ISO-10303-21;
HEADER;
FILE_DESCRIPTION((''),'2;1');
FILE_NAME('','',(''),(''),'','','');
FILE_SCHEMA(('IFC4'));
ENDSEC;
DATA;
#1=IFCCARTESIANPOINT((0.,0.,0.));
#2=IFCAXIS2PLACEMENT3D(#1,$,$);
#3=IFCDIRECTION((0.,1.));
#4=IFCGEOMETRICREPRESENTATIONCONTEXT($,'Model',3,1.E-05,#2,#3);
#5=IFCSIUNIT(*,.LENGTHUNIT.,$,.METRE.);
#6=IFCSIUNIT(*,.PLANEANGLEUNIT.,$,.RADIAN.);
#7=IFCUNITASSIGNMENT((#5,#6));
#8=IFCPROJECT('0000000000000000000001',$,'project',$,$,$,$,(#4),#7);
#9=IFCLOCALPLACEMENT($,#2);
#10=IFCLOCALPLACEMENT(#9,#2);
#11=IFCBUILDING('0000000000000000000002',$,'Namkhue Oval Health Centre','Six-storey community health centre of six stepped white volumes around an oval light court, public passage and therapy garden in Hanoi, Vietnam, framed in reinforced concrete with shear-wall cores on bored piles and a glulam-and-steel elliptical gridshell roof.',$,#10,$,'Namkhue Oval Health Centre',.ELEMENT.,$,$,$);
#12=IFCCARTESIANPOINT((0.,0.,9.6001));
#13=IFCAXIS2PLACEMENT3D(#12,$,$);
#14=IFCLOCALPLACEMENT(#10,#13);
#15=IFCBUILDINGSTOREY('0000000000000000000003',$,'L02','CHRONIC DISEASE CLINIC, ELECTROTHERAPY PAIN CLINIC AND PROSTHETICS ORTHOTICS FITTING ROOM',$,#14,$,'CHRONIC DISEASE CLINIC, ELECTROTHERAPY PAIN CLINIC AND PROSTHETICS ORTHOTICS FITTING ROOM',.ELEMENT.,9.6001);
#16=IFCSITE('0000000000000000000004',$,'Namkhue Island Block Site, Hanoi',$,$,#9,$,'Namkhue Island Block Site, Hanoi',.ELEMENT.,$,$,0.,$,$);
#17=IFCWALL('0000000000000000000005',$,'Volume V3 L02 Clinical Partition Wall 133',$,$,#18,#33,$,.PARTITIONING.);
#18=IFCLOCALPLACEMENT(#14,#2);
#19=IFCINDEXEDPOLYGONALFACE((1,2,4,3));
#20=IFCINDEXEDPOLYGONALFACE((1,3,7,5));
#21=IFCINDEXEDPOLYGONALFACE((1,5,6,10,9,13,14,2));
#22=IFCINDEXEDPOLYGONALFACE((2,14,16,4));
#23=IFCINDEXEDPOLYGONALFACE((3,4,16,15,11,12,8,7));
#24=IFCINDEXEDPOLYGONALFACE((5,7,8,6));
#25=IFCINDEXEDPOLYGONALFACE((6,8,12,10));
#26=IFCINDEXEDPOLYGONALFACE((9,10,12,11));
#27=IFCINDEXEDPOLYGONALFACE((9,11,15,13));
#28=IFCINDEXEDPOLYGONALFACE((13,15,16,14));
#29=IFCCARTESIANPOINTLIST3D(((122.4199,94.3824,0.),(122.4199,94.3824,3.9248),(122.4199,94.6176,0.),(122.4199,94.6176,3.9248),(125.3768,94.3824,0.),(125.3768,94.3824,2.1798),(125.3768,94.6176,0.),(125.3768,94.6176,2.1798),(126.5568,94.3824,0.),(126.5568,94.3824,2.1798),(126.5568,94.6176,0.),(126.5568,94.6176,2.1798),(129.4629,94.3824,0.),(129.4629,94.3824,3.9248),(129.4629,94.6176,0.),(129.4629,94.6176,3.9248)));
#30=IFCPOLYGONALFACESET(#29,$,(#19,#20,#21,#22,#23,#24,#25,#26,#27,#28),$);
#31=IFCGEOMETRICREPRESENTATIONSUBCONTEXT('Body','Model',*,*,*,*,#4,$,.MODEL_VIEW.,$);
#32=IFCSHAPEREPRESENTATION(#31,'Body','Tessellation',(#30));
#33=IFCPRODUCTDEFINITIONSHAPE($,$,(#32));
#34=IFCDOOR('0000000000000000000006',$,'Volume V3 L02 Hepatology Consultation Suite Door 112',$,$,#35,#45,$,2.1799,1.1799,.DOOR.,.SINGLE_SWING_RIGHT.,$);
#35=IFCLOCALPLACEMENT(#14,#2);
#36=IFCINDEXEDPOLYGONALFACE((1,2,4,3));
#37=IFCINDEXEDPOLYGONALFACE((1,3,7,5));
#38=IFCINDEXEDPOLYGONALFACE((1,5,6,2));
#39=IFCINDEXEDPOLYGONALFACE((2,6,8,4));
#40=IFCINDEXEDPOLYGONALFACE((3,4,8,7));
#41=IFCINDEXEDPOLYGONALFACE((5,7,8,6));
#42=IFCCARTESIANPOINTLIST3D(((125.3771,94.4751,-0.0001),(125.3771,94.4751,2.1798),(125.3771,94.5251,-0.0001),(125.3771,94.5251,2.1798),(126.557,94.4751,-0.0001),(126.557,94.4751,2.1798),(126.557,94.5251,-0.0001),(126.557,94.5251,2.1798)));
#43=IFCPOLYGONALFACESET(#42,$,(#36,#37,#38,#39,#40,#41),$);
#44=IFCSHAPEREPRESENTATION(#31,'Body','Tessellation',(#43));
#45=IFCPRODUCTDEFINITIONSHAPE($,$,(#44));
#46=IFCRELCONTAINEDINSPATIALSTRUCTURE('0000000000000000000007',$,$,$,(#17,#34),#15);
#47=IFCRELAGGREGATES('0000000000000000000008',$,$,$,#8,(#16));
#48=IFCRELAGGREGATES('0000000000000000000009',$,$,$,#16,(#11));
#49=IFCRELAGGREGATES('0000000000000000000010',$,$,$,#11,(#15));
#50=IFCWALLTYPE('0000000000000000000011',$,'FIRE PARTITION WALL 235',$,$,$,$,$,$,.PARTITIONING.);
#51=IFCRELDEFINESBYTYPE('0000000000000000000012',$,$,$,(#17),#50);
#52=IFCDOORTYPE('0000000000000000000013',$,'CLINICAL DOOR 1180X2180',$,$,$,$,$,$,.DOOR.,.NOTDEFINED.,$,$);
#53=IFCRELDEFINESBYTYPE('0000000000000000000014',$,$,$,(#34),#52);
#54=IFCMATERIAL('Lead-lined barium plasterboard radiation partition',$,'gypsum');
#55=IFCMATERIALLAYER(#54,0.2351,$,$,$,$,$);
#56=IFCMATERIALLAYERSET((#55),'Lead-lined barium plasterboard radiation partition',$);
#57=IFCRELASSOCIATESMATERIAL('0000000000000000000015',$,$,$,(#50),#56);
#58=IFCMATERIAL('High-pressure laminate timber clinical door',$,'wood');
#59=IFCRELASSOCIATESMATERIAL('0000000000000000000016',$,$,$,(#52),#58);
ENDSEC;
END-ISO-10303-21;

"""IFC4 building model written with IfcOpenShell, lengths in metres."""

from ifc_helpers import new_model, si_unit, direction, frame, frame_2d, origin, place, context, subcontext, project, spatial, rectangle, extrude, material, layer, layer_set, type_object, element, fill, save


model = new_model("IFC4")

# Units and contexts
model_context = context("Model", 3, precision=1e-05, world=origin(), true_north=direction((0.0, 1.0)))
body_context = subcontext(model_context, "Body", "Model", "MODEL_VIEW")
ifc_project = project(units=[si_unit("LENGTHUNIT", "METRE"), si_unit("PLANEANGLEUNIT", "RADIAN")], contexts=[model_context])

# Site, building, storey
site_placement = place(None, origin())
site = spatial("IfcSite", under=ifc_project, at=site_placement, Name="Namkhue Island Block Site, Hanoi", LongName="Namkhue Island Block Site, Hanoi", CompositionType="ELEMENT", RefElevation=0.0)
building_placement = place(site_placement, origin())
building = spatial("IfcBuilding", under=site, at=building_placement, Name="Namkhue Oval Health Centre", Description="Six-storey community health centre of six stepped white volumes around an oval light court, public passage and therapy garden in Hanoi, Vietnam, framed in reinforced concrete with shear-wall cores on bored piles and a glulam-and-steel elliptical gridshell roof.", LongName="Namkhue Oval Health Centre", CompositionType="ELEMENT")
storey_placement = place(building_placement, frame((0.0, 0.0, 9.6001)))
storey = spatial("IfcBuildingStorey", under=building, at=storey_placement, Name="L02", Description="CHRONIC DISEASE CLINIC, ELECTROTHERAPY PAIN CLINIC AND PROSTHETICS ORTHOTICS FITTING ROOM", LongName="CHRONIC DISEASE CLINIC, ELECTROTHERAPY PAIN CLINIC AND PROSTHETICS ORTHOTICS FITTING ROOM", CompositionType="ELEMENT", Elevation=9.6001)

# Wall, opening, door
ifc_material_1 = material(Name="Lead-lined barium plasterboard radiation partition", Category="gypsum")
ifc_layer_1 = layer(ifc_material_1, 0.2351)
ifc_layer_set_1 = layer_set([ifc_layer_1], Name="Lead-lined barium plasterboard radiation partition")
wall_type_1 = type_object("IfcWallType", Name="FIRE PARTITION WALL 235", PredefinedType="PARTITIONING", material=ifc_layer_set_1)
wall_1_placement = place(storey_placement, frame((122.4199, 94.5, 0.0), z_axis=(0.0, 0.0, 1.0), x_axis=(1.0, 0.0, 0.0)))
wall_1 = element("IfcWall", 1, at=wall_1_placement, inside=storey, type_object=wall_type_1, Name="Volume V3 L02 Clinical Partition Wall 133", PredefinedType="PARTITIONING", context=body_context, shape_type="SweptSolid", body=[
    extrude(rectangle(XDim=7.043, YDim=0.2351, at=frame_2d((3.5215, 0.0))), origin(), (0.0, 0.0, 1.0), 3.9248),
])
opening_1_placement = place(wall_1_placement, frame((2.957, 0.0, 0.0)))
opening_1 = element("IfcOpeningElement", 2, at=opening_1_placement, cuts=wall_1, PredefinedType="OPENING", context=body_context, shape_type="SweptSolid", body=[
    extrude(rectangle(XDim=1.1799, YDim=2.1799, at=frame_2d((0.5898, 1.0898))), frame((0.0, 0.1274, 0.0), z_axis=(0.0, -1.0, 0.0), x_axis=(1.0, 0.0, 0.0)), (0.0, 0.0, 1.0), 0.2551),
])
ifc_material_2 = material(Name="High-pressure laminate timber clinical door", Category="wood")
door_type = type_object("IfcDoorType", Name="CLINICAL DOOR 1180X2180", OperationType="NOTDEFINED", PredefinedType="DOOR", material=ifc_material_2)
door_placement = place(opening_1_placement, frame((1.1799, 0.0, 0.0), z_axis=(0.0, 0.0, 1.0), x_axis=(-1.0, 0.0, 0.0)))
door = element("IfcDoor", 3, at=door_placement, inside=storey, type_object=door_type, Name="Volume V3 L02 Hepatology Consultation Suite Door 112", OperationType="SINGLE_SWING_RIGHT", OverallHeight=2.1799, OverallWidth=1.1799, PredefinedType="DOOR", context=body_context, shape_type="SweptSolid", body=[
    extrude(rectangle(XDim=1.1799, YDim=2.1799, at=frame_2d((0.5898, 1.0898))), frame((0.0, 0.0249, 0.0), z_axis=(0.0, -1.0, 0.0), x_axis=(1.0, 0.0, 0.0)), (0.0, 0.0, 1.0), 0.05),
])
fill(opening_1, door)

save(model, "model.ifc")
